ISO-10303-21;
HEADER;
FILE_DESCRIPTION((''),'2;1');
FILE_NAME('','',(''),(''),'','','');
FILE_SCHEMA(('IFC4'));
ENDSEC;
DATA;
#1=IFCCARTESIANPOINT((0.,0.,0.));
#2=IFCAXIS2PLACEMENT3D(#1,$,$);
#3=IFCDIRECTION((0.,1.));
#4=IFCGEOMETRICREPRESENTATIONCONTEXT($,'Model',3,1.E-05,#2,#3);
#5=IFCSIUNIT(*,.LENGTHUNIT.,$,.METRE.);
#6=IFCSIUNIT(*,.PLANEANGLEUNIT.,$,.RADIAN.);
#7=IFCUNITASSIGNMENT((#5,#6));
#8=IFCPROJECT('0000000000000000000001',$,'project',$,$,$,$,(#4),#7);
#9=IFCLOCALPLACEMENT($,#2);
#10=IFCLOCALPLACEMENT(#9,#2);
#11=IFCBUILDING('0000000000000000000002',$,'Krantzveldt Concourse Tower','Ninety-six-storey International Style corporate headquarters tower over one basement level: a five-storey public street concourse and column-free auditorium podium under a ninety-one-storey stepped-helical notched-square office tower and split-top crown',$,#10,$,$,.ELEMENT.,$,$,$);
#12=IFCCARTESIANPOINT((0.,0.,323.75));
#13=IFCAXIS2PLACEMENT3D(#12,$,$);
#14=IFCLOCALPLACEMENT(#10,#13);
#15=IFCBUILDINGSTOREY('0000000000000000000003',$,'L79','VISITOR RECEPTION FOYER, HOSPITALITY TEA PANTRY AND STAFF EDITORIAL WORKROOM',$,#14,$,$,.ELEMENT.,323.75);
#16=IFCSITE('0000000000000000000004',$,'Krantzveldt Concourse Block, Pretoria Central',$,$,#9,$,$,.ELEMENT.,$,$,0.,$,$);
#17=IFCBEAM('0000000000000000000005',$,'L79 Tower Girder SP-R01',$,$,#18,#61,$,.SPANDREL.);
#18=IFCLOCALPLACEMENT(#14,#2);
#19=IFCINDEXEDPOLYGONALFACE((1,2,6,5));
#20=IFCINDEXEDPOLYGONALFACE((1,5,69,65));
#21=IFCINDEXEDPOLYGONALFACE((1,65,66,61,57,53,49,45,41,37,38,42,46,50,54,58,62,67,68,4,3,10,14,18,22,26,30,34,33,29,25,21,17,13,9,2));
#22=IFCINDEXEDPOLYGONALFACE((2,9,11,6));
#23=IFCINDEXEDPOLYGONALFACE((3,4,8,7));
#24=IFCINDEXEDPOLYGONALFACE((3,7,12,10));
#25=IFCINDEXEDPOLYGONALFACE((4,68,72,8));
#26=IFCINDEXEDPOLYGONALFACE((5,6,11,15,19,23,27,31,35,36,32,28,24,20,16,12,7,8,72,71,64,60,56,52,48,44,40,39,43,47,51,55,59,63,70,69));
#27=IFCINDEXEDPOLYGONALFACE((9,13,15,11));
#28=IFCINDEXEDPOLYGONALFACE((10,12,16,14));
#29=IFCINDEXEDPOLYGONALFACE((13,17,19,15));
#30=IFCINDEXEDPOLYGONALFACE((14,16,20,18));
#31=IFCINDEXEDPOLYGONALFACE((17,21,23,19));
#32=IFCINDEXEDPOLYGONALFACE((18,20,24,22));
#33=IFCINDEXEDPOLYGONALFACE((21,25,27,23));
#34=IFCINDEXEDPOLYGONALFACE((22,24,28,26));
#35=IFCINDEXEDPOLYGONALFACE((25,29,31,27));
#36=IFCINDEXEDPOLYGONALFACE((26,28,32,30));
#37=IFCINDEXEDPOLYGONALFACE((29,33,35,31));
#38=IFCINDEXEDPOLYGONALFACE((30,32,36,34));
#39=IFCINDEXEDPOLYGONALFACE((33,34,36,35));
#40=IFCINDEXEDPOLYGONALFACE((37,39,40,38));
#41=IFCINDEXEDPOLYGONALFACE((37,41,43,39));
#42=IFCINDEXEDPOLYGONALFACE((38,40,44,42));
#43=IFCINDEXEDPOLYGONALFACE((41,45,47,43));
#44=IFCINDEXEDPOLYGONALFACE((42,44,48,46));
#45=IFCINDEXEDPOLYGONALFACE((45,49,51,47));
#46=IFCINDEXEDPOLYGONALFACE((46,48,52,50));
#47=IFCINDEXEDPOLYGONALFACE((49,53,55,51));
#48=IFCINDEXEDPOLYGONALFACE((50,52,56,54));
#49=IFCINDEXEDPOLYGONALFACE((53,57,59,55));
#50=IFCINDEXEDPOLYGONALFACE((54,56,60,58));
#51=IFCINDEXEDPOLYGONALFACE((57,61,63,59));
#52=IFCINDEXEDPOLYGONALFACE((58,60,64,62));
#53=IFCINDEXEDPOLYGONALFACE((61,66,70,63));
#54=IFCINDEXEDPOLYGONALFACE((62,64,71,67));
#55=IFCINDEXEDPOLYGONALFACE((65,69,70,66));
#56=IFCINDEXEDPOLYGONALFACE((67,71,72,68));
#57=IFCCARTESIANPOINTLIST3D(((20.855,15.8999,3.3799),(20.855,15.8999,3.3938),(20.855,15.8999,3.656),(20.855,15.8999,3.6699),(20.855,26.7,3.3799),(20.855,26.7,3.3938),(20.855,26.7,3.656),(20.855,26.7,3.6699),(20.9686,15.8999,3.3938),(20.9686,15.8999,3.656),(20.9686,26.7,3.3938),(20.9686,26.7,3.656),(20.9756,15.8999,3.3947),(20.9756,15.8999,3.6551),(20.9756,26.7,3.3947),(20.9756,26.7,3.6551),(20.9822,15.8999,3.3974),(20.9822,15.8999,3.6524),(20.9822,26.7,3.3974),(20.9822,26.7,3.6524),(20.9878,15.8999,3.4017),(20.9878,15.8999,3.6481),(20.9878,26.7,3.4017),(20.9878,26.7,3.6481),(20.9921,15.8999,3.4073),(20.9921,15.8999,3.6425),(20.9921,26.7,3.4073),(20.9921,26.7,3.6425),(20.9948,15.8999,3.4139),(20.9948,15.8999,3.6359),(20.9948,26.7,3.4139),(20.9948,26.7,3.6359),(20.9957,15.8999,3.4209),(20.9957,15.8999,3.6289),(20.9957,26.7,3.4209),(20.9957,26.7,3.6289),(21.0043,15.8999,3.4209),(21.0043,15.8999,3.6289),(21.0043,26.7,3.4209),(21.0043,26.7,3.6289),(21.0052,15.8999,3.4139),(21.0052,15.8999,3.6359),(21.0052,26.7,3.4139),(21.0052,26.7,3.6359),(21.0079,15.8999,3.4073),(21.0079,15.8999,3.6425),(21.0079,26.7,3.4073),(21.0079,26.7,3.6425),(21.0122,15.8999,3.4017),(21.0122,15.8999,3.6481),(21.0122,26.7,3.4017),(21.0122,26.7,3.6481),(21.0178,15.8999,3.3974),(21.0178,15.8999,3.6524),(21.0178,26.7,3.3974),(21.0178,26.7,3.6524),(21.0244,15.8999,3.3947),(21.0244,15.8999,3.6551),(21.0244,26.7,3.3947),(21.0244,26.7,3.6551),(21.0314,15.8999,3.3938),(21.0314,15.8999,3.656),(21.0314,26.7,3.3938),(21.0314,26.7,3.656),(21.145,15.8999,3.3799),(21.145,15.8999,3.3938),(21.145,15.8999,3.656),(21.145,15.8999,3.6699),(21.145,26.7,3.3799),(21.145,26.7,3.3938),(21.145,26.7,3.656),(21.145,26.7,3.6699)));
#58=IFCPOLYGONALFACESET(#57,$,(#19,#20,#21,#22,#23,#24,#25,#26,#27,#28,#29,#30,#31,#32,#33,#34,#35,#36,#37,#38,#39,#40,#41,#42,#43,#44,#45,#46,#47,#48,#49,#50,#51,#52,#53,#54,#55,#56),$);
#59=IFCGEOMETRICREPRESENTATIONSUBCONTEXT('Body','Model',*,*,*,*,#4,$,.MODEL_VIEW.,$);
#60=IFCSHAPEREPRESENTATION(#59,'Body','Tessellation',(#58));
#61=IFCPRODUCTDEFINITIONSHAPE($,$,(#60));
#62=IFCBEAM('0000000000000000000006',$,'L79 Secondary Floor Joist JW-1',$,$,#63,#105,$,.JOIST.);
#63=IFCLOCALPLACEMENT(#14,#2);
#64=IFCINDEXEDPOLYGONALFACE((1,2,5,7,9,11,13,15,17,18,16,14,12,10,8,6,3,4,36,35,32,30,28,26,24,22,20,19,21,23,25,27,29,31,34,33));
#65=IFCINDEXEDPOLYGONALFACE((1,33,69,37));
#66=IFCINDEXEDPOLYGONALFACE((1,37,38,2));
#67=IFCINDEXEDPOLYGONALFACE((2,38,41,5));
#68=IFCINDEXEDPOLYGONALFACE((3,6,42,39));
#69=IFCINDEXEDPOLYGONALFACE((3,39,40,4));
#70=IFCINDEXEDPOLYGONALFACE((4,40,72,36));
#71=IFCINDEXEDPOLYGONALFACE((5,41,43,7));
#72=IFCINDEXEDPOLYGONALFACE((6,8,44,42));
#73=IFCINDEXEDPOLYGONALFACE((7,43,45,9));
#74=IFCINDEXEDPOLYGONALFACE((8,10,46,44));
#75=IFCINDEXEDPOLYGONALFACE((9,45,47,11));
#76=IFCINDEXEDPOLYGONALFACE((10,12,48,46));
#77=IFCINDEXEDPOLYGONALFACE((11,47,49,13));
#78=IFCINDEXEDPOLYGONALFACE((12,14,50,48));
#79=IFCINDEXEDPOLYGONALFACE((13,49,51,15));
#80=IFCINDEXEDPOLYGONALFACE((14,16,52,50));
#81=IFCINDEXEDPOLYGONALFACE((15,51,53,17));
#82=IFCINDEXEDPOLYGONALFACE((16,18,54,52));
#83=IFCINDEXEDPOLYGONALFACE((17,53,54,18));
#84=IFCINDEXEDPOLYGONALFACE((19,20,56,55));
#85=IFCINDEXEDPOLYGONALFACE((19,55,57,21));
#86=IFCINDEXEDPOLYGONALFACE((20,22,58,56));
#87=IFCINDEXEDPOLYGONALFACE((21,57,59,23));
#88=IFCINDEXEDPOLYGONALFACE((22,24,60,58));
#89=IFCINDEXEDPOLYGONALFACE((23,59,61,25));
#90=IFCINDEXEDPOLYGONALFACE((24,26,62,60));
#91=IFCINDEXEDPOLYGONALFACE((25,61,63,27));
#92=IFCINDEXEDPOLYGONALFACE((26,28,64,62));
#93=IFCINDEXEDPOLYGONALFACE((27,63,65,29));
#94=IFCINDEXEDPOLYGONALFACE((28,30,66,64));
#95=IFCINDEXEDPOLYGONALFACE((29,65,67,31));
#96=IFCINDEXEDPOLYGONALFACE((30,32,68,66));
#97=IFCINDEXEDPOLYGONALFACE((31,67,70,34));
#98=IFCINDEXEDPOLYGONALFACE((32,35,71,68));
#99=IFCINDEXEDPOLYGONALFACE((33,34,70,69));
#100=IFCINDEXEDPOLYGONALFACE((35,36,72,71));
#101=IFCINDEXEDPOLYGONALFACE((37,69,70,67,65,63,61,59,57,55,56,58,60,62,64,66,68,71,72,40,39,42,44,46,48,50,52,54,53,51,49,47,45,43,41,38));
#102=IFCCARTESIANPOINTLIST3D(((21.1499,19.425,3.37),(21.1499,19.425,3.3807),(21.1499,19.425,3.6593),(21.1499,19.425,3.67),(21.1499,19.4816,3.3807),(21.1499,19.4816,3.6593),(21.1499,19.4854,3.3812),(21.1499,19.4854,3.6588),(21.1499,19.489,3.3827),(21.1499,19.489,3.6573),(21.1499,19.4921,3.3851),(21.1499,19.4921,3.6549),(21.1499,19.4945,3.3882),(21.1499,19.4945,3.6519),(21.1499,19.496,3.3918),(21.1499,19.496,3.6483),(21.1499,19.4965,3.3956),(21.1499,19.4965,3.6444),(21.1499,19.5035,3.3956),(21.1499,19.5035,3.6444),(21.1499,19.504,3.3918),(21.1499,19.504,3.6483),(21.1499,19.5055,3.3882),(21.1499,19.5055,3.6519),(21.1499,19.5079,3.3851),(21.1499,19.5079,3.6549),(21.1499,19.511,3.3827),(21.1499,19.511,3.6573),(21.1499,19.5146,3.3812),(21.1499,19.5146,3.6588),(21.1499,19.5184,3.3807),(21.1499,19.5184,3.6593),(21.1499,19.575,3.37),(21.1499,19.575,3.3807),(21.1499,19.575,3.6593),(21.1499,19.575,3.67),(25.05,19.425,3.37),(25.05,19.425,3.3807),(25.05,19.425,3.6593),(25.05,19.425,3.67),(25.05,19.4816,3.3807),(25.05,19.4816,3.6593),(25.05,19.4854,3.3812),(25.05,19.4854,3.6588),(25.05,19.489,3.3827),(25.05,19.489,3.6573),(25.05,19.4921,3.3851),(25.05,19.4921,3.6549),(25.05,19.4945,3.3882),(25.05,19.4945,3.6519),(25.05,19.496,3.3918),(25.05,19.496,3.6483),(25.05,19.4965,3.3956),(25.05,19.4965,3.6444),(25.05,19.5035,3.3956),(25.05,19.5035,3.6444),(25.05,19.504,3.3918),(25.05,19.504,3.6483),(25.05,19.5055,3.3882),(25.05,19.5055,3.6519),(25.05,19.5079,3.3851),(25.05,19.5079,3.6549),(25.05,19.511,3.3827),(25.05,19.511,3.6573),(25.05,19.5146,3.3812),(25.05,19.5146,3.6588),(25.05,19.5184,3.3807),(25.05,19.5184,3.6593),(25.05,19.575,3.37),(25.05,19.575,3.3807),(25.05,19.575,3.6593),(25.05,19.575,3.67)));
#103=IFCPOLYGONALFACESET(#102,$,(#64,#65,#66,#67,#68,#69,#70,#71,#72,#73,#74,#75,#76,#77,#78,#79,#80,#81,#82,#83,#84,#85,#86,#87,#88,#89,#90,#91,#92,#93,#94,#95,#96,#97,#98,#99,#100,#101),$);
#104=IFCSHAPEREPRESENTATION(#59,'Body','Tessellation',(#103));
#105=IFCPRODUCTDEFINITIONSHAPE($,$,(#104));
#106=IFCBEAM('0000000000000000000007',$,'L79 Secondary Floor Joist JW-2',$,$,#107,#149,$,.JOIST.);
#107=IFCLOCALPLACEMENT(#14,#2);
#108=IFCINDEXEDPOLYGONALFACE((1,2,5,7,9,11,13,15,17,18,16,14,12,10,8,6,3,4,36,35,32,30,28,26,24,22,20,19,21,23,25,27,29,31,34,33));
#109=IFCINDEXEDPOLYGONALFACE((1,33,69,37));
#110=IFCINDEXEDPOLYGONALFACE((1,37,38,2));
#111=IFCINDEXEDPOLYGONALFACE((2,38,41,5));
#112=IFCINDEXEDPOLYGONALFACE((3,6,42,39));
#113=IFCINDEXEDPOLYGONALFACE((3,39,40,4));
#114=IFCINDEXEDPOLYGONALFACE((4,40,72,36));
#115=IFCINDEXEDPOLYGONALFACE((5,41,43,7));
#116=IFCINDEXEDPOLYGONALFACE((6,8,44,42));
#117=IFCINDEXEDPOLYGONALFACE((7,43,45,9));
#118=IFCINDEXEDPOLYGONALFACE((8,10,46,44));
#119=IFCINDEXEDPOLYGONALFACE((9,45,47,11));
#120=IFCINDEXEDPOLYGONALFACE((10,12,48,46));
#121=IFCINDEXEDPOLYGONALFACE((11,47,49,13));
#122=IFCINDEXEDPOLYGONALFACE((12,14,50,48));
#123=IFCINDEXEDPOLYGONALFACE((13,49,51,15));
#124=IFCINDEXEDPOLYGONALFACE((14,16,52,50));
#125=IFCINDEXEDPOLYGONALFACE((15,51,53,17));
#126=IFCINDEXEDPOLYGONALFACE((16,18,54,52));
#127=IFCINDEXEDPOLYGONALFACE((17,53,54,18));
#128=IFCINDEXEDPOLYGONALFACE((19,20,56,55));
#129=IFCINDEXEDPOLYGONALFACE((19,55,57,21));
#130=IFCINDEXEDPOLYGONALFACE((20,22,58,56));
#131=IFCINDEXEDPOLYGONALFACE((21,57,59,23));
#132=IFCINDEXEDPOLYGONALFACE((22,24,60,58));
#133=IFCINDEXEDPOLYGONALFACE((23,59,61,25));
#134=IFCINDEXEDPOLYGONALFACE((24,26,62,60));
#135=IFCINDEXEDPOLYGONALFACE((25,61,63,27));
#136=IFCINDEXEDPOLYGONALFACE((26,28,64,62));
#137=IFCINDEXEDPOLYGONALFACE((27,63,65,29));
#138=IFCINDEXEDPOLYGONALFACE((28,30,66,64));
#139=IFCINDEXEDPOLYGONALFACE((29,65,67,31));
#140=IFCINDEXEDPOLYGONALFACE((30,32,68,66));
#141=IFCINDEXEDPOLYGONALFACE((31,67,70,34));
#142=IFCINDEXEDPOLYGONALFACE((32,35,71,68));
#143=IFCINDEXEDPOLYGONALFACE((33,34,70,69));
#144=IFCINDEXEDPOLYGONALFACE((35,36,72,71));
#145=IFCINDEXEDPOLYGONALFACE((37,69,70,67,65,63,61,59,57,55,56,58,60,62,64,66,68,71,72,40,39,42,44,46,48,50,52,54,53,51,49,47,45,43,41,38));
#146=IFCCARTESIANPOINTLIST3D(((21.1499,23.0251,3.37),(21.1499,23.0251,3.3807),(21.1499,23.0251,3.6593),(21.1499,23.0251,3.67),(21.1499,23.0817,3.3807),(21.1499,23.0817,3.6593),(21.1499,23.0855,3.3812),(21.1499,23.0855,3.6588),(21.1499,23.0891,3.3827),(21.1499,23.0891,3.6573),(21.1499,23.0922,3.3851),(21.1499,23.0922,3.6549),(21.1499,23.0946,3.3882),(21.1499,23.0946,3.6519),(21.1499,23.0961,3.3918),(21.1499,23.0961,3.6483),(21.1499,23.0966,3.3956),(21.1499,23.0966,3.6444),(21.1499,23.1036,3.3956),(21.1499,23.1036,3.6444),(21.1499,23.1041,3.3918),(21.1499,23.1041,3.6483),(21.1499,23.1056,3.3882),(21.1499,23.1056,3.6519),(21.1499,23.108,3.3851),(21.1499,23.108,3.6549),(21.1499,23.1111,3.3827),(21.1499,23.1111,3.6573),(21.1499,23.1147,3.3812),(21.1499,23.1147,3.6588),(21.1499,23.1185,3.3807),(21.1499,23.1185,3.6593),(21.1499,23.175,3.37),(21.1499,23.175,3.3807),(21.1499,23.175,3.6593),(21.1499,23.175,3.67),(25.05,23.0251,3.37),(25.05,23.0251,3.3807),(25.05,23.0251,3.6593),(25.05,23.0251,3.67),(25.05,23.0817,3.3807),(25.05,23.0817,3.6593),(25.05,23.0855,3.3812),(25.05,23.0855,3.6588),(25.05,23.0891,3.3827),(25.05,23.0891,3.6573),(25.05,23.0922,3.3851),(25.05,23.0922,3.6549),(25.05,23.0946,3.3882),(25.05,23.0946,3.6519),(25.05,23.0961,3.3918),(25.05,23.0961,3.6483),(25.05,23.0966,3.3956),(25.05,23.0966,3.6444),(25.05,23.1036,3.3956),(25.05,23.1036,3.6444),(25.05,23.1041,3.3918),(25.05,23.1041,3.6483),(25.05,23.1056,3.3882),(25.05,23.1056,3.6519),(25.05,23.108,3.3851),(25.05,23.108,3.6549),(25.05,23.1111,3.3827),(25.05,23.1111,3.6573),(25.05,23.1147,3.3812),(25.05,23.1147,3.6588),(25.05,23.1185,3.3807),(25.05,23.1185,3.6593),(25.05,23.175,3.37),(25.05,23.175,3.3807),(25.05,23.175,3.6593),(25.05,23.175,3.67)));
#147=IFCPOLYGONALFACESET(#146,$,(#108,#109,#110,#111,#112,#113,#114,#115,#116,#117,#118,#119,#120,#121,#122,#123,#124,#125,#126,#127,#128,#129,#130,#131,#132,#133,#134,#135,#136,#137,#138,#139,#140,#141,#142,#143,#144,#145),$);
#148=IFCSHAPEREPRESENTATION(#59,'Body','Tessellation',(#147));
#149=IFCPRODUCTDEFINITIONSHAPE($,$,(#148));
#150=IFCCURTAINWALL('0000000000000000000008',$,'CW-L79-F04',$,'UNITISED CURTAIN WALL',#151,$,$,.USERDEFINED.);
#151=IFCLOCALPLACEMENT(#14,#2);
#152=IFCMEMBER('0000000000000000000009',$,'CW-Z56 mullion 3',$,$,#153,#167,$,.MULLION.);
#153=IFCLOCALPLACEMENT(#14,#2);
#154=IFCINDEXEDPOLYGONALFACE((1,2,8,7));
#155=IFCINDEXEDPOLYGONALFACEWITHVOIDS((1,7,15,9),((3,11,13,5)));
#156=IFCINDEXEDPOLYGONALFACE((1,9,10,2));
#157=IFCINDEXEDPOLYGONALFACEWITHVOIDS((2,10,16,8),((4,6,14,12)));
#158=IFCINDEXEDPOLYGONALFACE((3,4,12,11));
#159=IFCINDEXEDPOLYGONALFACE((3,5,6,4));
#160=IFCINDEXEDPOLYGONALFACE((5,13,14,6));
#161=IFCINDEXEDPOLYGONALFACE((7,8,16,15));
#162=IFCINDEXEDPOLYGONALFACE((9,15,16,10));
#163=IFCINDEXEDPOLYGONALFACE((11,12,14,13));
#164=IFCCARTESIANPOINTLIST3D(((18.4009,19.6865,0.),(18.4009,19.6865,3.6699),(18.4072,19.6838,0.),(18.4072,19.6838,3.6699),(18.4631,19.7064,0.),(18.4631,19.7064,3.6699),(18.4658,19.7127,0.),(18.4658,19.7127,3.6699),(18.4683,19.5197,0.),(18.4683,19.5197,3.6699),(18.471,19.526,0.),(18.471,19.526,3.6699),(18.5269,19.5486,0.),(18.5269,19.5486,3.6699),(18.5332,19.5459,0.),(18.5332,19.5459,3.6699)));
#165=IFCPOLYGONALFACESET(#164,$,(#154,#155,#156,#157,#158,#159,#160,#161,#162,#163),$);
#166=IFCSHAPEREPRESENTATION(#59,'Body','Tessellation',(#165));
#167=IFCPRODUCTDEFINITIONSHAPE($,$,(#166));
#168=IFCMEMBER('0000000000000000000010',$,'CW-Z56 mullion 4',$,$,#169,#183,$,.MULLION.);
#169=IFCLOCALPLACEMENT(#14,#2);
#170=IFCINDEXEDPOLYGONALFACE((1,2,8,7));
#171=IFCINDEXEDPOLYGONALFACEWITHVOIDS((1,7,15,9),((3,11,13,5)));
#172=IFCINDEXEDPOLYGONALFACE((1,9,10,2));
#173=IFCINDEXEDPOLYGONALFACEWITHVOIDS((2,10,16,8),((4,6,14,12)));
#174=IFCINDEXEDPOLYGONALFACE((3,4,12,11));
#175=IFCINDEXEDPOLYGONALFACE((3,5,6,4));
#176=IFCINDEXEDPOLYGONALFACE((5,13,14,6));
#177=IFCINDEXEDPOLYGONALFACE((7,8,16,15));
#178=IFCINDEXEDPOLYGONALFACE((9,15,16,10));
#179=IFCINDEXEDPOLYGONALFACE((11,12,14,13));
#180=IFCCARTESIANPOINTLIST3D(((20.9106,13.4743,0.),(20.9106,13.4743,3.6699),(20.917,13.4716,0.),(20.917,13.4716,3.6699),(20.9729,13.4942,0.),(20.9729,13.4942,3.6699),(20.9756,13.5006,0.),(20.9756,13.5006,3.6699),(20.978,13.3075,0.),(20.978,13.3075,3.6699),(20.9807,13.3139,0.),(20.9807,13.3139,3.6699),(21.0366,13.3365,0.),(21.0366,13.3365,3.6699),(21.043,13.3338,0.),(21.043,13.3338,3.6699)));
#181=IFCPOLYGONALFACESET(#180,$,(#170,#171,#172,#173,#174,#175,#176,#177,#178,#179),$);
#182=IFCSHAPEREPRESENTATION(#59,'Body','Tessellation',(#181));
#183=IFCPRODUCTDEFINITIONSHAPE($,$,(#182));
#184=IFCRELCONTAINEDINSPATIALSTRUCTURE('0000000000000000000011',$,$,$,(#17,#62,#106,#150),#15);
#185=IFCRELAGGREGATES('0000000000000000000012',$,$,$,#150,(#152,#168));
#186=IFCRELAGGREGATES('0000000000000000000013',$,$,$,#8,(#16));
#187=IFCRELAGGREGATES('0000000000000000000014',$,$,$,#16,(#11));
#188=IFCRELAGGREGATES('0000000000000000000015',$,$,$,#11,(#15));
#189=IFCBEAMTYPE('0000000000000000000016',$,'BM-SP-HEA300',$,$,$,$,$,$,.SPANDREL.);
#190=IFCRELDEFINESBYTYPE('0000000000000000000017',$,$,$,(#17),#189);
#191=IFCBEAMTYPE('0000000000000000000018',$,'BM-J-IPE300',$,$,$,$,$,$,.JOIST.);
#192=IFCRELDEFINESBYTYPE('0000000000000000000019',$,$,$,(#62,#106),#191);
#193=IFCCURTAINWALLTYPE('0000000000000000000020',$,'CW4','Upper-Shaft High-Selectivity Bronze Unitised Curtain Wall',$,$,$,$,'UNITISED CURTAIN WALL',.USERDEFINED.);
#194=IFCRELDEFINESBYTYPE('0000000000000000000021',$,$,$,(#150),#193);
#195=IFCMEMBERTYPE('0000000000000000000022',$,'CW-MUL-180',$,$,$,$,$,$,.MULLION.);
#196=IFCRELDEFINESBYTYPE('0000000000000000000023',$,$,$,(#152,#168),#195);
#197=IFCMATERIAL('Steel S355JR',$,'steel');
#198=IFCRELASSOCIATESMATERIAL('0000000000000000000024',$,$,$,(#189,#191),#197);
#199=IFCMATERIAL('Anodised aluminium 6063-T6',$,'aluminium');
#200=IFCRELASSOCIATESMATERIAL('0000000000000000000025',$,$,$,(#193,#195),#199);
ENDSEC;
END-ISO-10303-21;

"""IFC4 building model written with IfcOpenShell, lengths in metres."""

from ifc_helpers import new_model, si_unit, direction, frame, origin, origin_2d, place, context, subcontext, project, spatial, hollow_rectangle, i_section, extrude, source, transform, mapped, material, material_profile, profile_set, type_object, type_shapes, element, aggregate, save


model = new_model("IFC4")

# Units and contexts
model_context = context("Model", 3, precision=1e-05, world=origin(), true_north=direction((0.0, 1.0)))
body_context = subcontext(model_context, "Body", "Model", "MODEL_VIEW")
ifc_project = project(units=[si_unit("LENGTHUNIT", "METRE"), si_unit("PLANEANGLEUNIT", "RADIAN")], contexts=[model_context])

# Site, building, storey
site_placement = place(None, origin())
site = spatial("IfcSite", under=ifc_project, at=site_placement, Name="Krantzveldt Concourse Block, Pretoria Central", CompositionType="ELEMENT", RefElevation=0.0)
building_placement = place(site_placement, origin())
building = spatial("IfcBuilding", under=site, at=building_placement, Name="Krantzveldt Concourse Tower", Description="Ninety-six-storey International Style corporate headquarters tower over one basement level: a five-storey public street concourse and column-free auditorium podium under a ninety-one-storey stepped-helical notched-square office tower and split-top crown", CompositionType="ELEMENT")
storey_placement = place(building_placement, frame((0.0, 0.0, 323.75)))
storey = spatial("IfcBuildingStorey", under=building, at=storey_placement, Name="L79", Description="VISITOR RECEPTION FOYER, HOSPITALITY TEA PANTRY AND STAFF EDITORIAL WORKROOM", CompositionType="ELEMENT", Elevation=323.75)

# Beams
ifc_material_1 = material(Name="Steel S355JR", Category="steel")
ifc_material_profile_1 = material_profile(ifc_material_1, i_section(OverallWidth=0.29, OverallDepth=0.29, WebThickness=0.0085, FlangeThickness=0.0139, FilletRadius=0.0271, at=origin_2d()), Name="Steel S355JR", Category="steel")
ifc_profile_set_1 = profile_set([ifc_material_profile_1], Name="Steel S355JR - HEA 300")
beam_type_1 = type_object("IfcBeamType", Name="BM-SP-HEA300", PredefinedType="SPANDREL", material=ifc_profile_set_1)
shared_shape_1 = source(origin(), body_context, "Body", "SweptSolid", [
    extrude(i_section(OverallWidth=0.29, OverallDepth=0.29, WebThickness=0.0085, FlangeThickness=0.0139, FilletRadius=0.0271, at=origin_2d()), origin(), (0.0, 0.0, 1.0), 10.8),
])
type_shapes(beam_type_1, [shared_shape_1])
beam_1_placement = place(storey_placement, frame((21.0, 15.8999, 3.5249), z_axis=(0.0, 1.0, 0.0), x_axis=(-1.0, 0.0, 0.0)))
element("IfcBeam", 1, at=beam_1_placement, inside=storey, type_object=beam_type_1, Name="L79 Tower Girder SP-R01", PredefinedType="SPANDREL", context=body_context, shape_type="MappedRepresentation", body=[
    mapped(shared_shape_1, transform((0.0, 0.0, 0.0), x_axis=(1.0, 0.0, 0.0), y_axis=(0.0, 1.0, 0.0), z_axis=(0.0, 0.0, 1.0), scale=1.0)),
])
ifc_material_profile_2 = material_profile(ifc_material_1, i_section(OverallWidth=0.1499, OverallDepth=0.3, WebThickness=0.0071, FlangeThickness=0.0107, FilletRadius=0.0149, at=origin_2d()), Name="Steel S355JR", Category="steel")
ifc_profile_set_2 = profile_set([ifc_material_profile_2], Name="Steel S355JR - IPE 300")
beam_type_2 = type_object("IfcBeamType", Name="BM-J-IPE300", PredefinedType="JOIST", material=ifc_profile_set_2)
shared_shape_2 = source(origin(), body_context, "Body", "SweptSolid", [
    extrude(i_section(OverallWidth=0.1499, OverallDepth=0.3, WebThickness=0.0071, FlangeThickness=0.0107, FilletRadius=0.0149, at=origin_2d()), origin(), (0.0, 0.0, 1.0), 3.9001),
])
type_shapes(beam_type_2, [shared_shape_2])
for number, where, z_axis, x_axis, name in (
    (2, (21.1499, 19.5, 3.52), (1.0, 0.0, 0.0), (0.0, 1.0, 0.0), "L79 Secondary Floor Joist JW-1"),
    (3, (21.1499, 23.1001, 3.52), (1.0, 0.0, 0.0), (0.0, 1.0, 0.0), "L79 Secondary Floor Joist JW-2"),
):
    element("IfcBeam", number, at=place(storey_placement, frame(where, z_axis=z_axis, x_axis=x_axis)), inside=storey, type_object=beam_type_2, Name=name, PredefinedType="JOIST", context=body_context, shape_type="MappedRepresentation", body=[
        mapped(shared_shape_2, transform((0.0, 0.0, 0.0), x_axis=(1.0, 0.0, 0.0), y_axis=(0.0, 1.0, 0.0), z_axis=(0.0, 0.0, 1.0), scale=1.0)),
    ])

# Curtain wall, members
ifc_material_2 = material(Name="Anodised aluminium 6063-T6", Category="aluminium")
curtain_wall_type = type_object("IfcCurtainWallType", Name="CW4", Description="Upper-Shaft High-Selectivity Bronze Unitised Curtain Wall", ElementType="UNITISED CURTAIN WALL", PredefinedType="USERDEFINED", material=ifc_material_2)
curtain_wall_placement = place(storey_placement, origin())
curtain_wall = element("IfcCurtainWall", 4, at=curtain_wall_placement, inside=storey, type_object=curtain_wall_type, Name="CW-L79-F04", ObjectType="UNITISED CURTAIN WALL", PredefinedType="USERDEFINED")
ifc_material_profile_3 = material_profile(ifc_material_2, hollow_rectangle(XDim=0.0701, YDim=0.1799, WallThickness=0.0049, at=origin_2d()), Name="Anodised aluminium 6063-T6", Category="aluminium")
ifc_profile_set_3 = profile_set([ifc_material_profile_3], Name="Anodised aluminium 6063-T6 - ALU-MULL 180x70x5")
member_type_1 = type_object("IfcMemberType", Name="CW-MUL-180", PredefinedType="MULLION", material=ifc_profile_set_3)
shared_shape_3 = source(origin(), body_context, "Body", "SweptSolid", [
    extrude(hollow_rectangle(XDim=0.0701, YDim=0.1799, WallThickness=0.0049, at=origin_2d()), origin(), (0.0, 0.0, 1.0), 3.6699),
])
type_shapes(member_type_1, [shared_shape_3])
member_1_placement = place(storey_placement, frame((18.467, 19.6162, 0.0), z_axis=(0.0, 0.0, 1.0), x_axis=(0.927184, 0.374607, 0.0)))
member_1 = element("IfcMember", 5, at=member_1_placement, type_object=member_type_1, Name="CW-Z56 mullion 3", PredefinedType="MULLION", context=body_context, shape_type="MappedRepresentation", body=[
    mapped(shared_shape_3, transform((0.0, 0.0, 0.0), x_axis=(1.0, 0.0, 0.0), y_axis=(0.0, 1.0, 0.0), z_axis=(0.0, 0.0, 1.0), scale=1.0)),
])
member_2_placement = place(storey_placement, frame((20.9768, 13.4041, 0.0), z_axis=(0.0, 0.0, 1.0), x_axis=(0.927184, 0.374607, 0.0)))
member_2 = element("IfcMember", 6, at=member_2_placement, type_object=member_type_1, Name="CW-Z56 mullion 4", PredefinedType="MULLION", context=body_context, shape_type="MappedRepresentation", body=[
    mapped(shared_shape_3, transform((0.0, 0.0, 0.0), x_axis=(1.0, 0.0, 0.0), y_axis=(0.0, 1.0, 0.0), z_axis=(0.0, 0.0, 1.0), scale=1.0)),
])

aggregate(curtain_wall, [member_1, member_2])

save(model, "model.ifc")
